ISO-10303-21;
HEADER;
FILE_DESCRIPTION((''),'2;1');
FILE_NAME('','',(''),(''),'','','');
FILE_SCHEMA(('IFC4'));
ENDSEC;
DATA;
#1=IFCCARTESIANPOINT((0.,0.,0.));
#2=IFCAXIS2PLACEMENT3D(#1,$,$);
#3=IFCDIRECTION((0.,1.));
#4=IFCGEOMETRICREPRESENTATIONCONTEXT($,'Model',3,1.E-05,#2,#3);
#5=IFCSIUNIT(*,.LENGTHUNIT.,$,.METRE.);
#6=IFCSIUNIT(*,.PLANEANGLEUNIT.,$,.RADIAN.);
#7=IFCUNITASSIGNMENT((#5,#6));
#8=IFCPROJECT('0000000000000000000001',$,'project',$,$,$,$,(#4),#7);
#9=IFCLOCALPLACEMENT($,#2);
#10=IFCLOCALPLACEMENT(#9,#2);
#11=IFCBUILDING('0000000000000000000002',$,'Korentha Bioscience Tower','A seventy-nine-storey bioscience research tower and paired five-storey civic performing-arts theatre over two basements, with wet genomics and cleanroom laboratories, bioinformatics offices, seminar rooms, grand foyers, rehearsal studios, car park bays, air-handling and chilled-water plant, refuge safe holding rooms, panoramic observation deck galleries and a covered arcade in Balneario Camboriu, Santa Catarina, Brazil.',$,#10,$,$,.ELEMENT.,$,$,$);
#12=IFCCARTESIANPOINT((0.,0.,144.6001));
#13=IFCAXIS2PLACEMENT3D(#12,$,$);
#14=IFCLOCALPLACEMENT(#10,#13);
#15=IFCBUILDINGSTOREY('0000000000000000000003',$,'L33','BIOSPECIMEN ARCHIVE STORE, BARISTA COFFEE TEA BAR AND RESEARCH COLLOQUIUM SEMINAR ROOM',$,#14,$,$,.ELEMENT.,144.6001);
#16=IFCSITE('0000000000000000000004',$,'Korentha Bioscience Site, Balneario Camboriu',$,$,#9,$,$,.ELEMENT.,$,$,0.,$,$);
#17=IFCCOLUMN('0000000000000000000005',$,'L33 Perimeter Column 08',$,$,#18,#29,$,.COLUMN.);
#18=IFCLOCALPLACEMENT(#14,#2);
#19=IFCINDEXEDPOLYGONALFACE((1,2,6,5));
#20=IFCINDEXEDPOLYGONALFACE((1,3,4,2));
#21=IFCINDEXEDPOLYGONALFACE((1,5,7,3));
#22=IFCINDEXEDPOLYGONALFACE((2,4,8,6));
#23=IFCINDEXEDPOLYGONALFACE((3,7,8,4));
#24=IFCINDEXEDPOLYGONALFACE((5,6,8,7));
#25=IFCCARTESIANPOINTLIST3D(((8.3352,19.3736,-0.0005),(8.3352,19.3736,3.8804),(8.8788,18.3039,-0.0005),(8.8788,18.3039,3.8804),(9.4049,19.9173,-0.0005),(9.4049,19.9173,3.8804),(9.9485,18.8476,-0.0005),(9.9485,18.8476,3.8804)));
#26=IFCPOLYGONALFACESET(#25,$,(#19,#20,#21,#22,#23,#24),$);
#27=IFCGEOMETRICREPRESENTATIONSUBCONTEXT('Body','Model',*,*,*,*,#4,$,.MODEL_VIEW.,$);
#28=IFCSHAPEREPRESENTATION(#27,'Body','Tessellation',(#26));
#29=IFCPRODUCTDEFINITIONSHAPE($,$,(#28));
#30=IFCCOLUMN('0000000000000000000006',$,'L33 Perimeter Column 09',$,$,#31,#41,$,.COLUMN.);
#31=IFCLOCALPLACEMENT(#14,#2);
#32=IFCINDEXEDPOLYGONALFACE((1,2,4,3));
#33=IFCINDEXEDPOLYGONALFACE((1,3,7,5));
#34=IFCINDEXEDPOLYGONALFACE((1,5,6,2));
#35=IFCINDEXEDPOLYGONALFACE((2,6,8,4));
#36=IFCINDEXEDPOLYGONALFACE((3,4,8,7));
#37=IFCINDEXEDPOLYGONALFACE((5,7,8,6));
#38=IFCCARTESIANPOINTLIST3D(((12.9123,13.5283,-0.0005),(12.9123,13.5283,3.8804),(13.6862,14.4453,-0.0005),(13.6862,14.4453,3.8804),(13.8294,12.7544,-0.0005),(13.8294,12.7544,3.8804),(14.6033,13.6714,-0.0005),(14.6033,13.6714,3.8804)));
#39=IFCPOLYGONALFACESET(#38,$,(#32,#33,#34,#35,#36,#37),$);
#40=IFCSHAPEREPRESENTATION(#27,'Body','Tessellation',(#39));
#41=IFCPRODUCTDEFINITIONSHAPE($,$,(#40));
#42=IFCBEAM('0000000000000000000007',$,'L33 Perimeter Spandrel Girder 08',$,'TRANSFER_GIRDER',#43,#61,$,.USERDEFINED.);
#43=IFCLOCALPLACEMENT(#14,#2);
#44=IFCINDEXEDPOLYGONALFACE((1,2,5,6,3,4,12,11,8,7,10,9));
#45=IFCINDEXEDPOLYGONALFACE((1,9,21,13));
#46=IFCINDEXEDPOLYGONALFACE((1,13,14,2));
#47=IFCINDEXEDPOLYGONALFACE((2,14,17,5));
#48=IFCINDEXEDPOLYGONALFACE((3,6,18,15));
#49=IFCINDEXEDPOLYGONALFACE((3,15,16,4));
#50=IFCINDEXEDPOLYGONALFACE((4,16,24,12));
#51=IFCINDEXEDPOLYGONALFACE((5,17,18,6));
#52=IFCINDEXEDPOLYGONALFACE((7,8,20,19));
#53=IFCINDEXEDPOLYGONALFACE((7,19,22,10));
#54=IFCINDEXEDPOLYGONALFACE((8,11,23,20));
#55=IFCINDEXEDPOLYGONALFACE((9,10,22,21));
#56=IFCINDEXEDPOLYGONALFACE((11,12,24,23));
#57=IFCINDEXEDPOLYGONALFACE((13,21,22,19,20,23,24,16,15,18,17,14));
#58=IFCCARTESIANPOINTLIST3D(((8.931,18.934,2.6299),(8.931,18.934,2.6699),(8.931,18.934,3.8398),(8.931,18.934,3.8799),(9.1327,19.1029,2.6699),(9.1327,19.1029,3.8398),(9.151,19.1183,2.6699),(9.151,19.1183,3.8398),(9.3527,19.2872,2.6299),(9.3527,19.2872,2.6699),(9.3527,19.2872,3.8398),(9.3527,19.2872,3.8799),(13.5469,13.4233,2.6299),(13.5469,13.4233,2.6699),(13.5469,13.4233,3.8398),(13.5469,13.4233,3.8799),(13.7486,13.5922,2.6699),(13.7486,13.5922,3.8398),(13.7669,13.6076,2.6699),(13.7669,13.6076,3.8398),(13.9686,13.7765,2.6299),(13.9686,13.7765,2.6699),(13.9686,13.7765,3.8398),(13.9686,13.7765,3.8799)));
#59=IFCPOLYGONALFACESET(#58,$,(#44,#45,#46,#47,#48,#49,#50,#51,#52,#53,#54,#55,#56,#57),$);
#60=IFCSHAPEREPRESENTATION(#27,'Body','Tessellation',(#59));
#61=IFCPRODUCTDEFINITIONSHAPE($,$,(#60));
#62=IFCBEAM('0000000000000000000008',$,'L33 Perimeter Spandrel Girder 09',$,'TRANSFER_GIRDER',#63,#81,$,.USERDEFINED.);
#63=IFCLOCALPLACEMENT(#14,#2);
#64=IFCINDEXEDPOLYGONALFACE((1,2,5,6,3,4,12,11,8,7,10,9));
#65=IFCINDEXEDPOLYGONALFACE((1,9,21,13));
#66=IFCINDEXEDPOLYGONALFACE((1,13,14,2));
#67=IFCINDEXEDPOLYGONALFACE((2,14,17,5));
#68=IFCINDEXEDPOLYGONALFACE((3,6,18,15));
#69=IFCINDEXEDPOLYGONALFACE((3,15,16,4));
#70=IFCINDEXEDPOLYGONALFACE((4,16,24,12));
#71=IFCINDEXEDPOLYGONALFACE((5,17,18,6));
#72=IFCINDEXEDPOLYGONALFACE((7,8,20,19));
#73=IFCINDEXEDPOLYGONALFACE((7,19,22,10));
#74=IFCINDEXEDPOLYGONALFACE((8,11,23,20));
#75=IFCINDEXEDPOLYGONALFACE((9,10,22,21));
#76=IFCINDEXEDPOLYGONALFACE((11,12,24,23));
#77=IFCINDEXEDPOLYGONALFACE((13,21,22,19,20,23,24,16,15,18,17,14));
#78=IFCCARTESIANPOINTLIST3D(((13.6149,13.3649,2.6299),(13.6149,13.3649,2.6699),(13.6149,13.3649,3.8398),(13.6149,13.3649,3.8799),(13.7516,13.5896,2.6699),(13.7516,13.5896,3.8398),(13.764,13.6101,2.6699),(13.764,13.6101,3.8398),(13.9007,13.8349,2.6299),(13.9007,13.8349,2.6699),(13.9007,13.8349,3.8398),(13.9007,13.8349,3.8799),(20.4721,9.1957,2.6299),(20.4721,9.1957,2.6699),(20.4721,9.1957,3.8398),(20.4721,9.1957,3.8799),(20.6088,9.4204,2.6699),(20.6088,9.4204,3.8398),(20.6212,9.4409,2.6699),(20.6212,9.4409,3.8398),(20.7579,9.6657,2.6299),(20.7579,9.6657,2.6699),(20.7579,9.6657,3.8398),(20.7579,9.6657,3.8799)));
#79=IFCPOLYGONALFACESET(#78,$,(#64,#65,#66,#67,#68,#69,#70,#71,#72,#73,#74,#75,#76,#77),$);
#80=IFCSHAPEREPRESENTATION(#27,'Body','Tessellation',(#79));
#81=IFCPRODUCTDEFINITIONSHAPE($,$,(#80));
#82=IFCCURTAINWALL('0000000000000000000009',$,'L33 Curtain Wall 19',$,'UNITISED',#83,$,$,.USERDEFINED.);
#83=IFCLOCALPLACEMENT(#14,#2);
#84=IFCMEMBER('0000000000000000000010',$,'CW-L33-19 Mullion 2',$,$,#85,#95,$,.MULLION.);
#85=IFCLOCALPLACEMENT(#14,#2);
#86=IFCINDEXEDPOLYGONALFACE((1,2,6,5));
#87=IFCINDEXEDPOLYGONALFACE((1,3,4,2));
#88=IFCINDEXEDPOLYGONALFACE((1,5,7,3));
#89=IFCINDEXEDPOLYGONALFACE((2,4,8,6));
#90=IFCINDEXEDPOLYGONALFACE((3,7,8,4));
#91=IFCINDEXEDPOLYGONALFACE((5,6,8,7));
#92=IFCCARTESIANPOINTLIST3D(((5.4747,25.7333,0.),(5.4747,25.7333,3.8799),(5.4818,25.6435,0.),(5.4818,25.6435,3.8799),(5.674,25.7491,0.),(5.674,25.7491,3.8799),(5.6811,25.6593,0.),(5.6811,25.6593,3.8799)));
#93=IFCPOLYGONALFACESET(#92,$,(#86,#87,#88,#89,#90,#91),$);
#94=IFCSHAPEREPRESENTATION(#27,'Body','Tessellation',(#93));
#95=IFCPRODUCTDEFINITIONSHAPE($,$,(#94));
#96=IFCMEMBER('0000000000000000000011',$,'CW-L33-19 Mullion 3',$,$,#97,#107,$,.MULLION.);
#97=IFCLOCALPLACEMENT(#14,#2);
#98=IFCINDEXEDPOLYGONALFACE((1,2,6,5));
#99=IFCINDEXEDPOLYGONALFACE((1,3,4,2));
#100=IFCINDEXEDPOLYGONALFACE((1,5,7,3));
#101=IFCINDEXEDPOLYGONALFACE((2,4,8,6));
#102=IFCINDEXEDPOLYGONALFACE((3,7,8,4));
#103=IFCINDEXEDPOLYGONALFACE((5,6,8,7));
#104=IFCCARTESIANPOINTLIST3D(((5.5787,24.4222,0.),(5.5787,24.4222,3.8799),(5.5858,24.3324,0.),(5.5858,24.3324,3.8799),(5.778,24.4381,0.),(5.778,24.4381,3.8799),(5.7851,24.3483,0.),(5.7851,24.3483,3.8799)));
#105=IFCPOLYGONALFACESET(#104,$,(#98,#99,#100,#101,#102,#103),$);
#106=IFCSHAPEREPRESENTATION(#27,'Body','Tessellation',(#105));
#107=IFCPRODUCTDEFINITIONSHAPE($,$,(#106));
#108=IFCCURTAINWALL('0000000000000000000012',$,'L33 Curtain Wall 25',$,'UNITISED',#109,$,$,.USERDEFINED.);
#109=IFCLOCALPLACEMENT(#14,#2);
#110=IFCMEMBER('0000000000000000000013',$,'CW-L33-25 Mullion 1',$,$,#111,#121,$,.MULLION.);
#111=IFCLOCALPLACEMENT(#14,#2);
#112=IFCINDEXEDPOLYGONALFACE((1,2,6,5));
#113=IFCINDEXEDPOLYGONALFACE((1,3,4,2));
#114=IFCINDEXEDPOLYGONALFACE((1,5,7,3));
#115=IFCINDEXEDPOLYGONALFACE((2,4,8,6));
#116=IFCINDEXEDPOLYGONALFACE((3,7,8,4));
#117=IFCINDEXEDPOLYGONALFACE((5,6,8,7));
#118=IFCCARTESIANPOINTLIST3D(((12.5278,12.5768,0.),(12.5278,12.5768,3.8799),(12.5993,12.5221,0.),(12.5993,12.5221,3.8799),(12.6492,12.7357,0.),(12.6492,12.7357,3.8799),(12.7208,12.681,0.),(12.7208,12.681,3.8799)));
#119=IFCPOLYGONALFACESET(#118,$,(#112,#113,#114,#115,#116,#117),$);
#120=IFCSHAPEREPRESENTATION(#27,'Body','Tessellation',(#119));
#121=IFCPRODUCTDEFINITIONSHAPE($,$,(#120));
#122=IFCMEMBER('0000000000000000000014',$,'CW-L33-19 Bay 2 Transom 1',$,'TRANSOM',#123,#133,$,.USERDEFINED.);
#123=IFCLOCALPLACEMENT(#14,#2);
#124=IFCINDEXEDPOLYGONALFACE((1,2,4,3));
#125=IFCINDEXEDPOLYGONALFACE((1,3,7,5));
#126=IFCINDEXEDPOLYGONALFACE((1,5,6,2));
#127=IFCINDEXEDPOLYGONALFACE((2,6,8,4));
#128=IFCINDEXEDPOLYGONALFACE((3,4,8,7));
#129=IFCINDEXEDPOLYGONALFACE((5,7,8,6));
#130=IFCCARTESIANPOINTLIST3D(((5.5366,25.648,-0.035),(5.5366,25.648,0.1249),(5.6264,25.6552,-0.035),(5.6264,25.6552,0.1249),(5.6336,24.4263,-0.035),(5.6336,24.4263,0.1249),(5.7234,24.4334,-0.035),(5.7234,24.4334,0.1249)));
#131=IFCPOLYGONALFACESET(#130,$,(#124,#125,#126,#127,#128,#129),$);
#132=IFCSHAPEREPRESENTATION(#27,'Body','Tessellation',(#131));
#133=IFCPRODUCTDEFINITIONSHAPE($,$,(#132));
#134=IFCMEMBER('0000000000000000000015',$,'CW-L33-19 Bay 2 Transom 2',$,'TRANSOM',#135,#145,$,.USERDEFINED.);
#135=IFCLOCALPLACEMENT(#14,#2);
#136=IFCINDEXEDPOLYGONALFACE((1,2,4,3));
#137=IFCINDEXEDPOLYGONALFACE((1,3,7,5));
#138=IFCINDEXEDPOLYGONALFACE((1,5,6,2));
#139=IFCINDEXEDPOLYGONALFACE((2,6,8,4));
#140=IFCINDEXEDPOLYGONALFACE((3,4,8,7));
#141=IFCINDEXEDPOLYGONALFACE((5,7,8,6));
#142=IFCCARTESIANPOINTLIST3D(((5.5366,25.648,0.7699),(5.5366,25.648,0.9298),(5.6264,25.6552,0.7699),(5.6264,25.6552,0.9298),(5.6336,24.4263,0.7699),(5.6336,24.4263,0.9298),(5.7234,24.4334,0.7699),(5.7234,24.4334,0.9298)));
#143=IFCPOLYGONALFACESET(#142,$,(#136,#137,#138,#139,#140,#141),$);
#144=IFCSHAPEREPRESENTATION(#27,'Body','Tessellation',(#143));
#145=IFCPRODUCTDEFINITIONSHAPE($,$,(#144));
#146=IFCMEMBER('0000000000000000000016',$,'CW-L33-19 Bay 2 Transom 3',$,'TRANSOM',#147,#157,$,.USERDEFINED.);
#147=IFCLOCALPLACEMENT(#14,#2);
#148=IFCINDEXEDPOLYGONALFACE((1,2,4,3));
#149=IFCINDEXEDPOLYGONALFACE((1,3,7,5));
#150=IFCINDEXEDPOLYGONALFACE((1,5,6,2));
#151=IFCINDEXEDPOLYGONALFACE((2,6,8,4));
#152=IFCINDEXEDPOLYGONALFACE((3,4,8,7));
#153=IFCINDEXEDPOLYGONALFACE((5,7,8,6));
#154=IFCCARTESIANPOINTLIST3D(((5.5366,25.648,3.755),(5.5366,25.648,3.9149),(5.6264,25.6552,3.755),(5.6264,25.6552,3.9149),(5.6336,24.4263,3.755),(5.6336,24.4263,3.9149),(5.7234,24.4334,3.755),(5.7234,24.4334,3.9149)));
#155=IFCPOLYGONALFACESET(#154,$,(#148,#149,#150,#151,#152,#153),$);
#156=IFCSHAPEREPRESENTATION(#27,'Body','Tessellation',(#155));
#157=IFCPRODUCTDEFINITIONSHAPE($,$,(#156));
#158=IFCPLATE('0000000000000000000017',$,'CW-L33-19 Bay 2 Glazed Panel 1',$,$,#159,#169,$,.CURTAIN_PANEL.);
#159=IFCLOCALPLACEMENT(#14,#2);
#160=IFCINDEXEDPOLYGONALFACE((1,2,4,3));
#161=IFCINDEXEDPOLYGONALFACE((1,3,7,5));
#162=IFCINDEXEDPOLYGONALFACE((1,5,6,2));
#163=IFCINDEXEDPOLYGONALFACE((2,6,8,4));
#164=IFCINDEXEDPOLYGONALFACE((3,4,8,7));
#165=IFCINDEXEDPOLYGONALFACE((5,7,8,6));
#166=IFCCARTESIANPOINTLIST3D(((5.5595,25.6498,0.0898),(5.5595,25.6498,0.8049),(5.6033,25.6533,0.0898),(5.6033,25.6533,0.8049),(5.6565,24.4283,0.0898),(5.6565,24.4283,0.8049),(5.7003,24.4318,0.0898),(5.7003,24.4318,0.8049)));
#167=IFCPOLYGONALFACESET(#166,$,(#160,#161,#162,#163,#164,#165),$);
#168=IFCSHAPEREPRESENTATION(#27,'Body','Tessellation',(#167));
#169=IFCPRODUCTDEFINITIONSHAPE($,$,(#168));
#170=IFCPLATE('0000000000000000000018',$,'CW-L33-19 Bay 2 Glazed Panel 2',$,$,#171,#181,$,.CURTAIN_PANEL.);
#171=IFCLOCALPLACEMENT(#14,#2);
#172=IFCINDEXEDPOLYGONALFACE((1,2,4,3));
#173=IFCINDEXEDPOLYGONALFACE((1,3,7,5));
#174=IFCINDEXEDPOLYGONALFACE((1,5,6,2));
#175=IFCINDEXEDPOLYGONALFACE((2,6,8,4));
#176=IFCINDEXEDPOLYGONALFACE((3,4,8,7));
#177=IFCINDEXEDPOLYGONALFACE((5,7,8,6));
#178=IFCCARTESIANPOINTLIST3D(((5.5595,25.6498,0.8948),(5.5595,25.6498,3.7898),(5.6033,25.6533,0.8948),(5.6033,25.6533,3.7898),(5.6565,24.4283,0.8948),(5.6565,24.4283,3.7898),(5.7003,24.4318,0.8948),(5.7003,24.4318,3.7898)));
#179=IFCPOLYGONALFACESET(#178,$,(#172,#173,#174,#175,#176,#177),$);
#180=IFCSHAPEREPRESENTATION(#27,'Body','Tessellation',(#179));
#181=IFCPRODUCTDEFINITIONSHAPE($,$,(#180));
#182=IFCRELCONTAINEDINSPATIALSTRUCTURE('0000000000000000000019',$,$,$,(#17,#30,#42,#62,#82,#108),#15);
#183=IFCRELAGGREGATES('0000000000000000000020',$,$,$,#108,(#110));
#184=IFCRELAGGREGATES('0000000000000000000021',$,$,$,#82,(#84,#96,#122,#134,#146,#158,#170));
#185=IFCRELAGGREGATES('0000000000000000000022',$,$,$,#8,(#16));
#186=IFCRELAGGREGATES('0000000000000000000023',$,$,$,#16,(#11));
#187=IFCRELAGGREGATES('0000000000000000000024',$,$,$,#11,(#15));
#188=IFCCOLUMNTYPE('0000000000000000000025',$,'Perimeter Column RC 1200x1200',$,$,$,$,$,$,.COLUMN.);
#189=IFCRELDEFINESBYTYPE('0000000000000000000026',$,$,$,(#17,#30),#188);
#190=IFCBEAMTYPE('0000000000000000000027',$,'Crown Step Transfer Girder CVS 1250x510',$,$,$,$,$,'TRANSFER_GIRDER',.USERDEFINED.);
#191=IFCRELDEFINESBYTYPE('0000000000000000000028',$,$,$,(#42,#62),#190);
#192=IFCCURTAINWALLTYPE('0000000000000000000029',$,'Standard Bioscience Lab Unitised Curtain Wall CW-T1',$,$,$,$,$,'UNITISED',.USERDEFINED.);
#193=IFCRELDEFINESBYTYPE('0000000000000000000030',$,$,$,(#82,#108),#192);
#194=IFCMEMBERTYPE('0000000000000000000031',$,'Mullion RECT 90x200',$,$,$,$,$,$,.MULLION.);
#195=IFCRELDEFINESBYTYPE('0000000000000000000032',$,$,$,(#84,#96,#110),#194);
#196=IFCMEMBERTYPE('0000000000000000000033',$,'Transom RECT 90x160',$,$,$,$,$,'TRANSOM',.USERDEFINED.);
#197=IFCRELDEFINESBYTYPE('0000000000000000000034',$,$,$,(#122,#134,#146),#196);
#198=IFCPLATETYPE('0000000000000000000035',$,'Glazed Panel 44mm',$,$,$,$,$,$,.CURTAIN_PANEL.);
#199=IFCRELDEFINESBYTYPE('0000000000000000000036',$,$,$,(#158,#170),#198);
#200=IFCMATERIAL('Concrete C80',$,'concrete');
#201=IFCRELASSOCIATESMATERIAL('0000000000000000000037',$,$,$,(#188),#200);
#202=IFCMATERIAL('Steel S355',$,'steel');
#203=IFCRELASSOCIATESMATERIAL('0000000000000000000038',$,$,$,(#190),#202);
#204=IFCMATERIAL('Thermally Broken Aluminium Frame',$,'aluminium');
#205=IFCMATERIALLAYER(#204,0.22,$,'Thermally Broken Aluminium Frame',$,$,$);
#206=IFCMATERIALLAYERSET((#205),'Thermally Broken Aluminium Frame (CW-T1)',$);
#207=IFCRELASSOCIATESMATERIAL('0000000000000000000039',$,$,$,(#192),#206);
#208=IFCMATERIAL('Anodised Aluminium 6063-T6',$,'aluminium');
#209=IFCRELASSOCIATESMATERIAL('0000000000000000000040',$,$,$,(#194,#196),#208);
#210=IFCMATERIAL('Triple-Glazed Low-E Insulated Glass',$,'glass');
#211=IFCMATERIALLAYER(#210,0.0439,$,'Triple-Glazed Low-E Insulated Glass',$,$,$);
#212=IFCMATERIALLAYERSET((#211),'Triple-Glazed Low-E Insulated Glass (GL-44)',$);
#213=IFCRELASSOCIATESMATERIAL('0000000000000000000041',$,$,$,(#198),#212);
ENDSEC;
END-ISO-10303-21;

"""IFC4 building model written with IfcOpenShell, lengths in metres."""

from ifc_helpers import new_model, si_unit, direction, frame, origin, origin_2d, place, context, subcontext, project, spatial, rectangle, i_section, extrude, material, layer, layer_set, material_profile, profile_set, type_object, element, aggregate, save


model = new_model("IFC4")

# Units and contexts
model_context = context("Model", 3, precision=1e-05, world=origin(), true_north=direction((0.0, 1.0)))
body_context = subcontext(model_context, "Body", "Model", "MODEL_VIEW")
ifc_project = project(units=[si_unit("LENGTHUNIT", "METRE"), si_unit("PLANEANGLEUNIT", "RADIAN")], contexts=[model_context])

# Site, building, storey
site_placement = place(None, origin())
site = spatial("IfcSite", under=ifc_project, at=site_placement, Name="Korentha Bioscience Site, Balneario Camboriu", CompositionType="ELEMENT", RefElevation=0.0)
building_placement = place(site_placement, origin())
building = spatial("IfcBuilding", under=site, at=building_placement, Name="Korentha Bioscience Tower", Description="A seventy-nine-storey bioscience research tower and paired five-storey civic performing-arts theatre over two basements, with wet genomics and cleanroom laboratories, bioinformatics offices, seminar rooms, grand foyers, rehearsal studios, car park bays, air-handling and chilled-water plant, refuge safe holding rooms, panoramic observation deck galleries and a covered arcade in Balneario Camboriu, Santa Catarina, Brazil.", CompositionType="ELEMENT")
storey_placement = place(building_placement, frame((0.0, 0.0, 144.6001)))
storey = spatial("IfcBuildingStorey", under=building, at=storey_placement, Name="L33", Description="BIOSPECIMEN ARCHIVE STORE, BARISTA COFFEE TEA BAR AND RESEARCH COLLOQUIUM SEMINAR ROOM", CompositionType="ELEMENT", Elevation=144.6001)

# Columns
ifc_material_1 = material(Name="Concrete C80", Category="concrete")
ifc_material_profile_1 = material_profile(ifc_material_1, rectangle(XDim=1.2, YDim=1.2, at=origin_2d()), Name="Concrete C80")
ifc_profile_set_1 = profile_set([ifc_material_profile_1], Name="Concrete C80 (COL-P12)")
column_type = type_object("IfcColumnType", Name="Perimeter Column RC 1200x1200", PredefinedType="COLUMN", material=ifc_profile_set_1)
for number, where, z_axis, x_axis, name in (
    (1, (9.1418, 19.1106, -0.0005), (0.0, 0.0, 1.0), (-0.453057, 0.891481, 0.0), "L33 Perimeter Column 08"),
    (2, (13.7578, 13.5999, -0.0005), (0.0, 0.0, 1.0), (-0.764246, 0.644924, 0.0), "L33 Perimeter Column 09"),
):
    element("IfcColumn", number, at=place(storey_placement, frame(where, z_axis=z_axis, x_axis=x_axis)), inside=storey, type_object=column_type, Name=name, PredefinedType="COLUMN", context=body_context, shape_type="SweptSolid", body=[
        extrude(rectangle(XDim=1.2, YDim=1.2, at=origin_2d()), origin(), (0.0, 0.0, 1.0), 3.8809),
    ])

# Beams
ifc_material_2 = material(Name="Steel S355", Category="steel")
ifc_material_profile_2 = material_profile(ifc_material_2, i_section(OverallWidth=0.55, OverallDepth=1.25, WebThickness=0.0239, FlangeThickness=0.04, at=origin_2d()), Name="Steel S355")
ifc_profile_set_2 = profile_set([ifc_material_profile_2], Name="Steel S355 (TG-03)")
beam_type = type_object("IfcBeamType", Name="Crown Step Transfer Girder CVS 1250x510", ElementType="TRANSFER_GIRDER", PredefinedType="USERDEFINED", material=ifc_profile_set_2)
beam_1_placement = place(storey_placement, frame((9.1418, 19.1106, 3.2549), z_axis=(0.642127, -0.766599, 0.0), x_axis=(0.766599, 0.642127, 0.0)))
element("IfcBeam", 3, at=beam_1_placement, inside=storey, type_object=beam_type, Name="L33 Perimeter Spandrel Girder 08", ObjectType="TRANSFER_GIRDER", PredefinedType="USERDEFINED", context=body_context, shape_type="SweptSolid", body=[
    extrude(i_section(OverallWidth=0.55, OverallDepth=1.25, WebThickness=0.0239, FlangeThickness=0.04, at=origin_2d()), origin(), (0.0, 0.0, 1.0), 7.1885),
])
beam_2_placement = place(storey_placement, frame((13.7578, 13.5999, 3.2549), z_axis=(0.854461, -0.519515, 0.0), x_axis=(0.519515, 0.854461, 0.0)))
element("IfcBeam", 4, at=beam_2_placement, inside=storey, type_object=beam_type, Name="L33 Perimeter Spandrel Girder 09", ObjectType="TRANSFER_GIRDER", PredefinedType="USERDEFINED", context=body_context, shape_type="SweptSolid", body=[
    extrude(i_section(OverallWidth=0.55, OverallDepth=1.25, WebThickness=0.0239, FlangeThickness=0.04, at=origin_2d()), origin(), (0.0, 0.0, 1.0), 8.0251),
])

# Curtain wall, members
ifc_material_3 = material(Name="Thermally Broken Aluminium Frame", Category="aluminium")
ifc_layer_1 = layer(ifc_material_3, 0.22, Name="Thermally Broken Aluminium Frame")
ifc_layer_set_1 = layer_set([ifc_layer_1], Name="Thermally Broken Aluminium Frame (CW-T1)")
curtain_wall_type = type_object("IfcCurtainWallType", Name="Standard Bioscience Lab Unitised Curtain Wall CW-T1", ElementType="UNITISED", PredefinedType="USERDEFINED", material=ifc_layer_set_1)
curtain_wall_1_placement = place(storey_placement, origin())
curtain_wall_1 = element("IfcCurtainWall", 5, at=curtain_wall_1_placement, inside=storey, type_object=curtain_wall_type, Name="L33 Curtain Wall 19", ObjectType="UNITISED", PredefinedType="USERDEFINED")
ifc_material_4 = material(Name="Anodised Aluminium 6063-T6", Category="aluminium")
ifc_material_profile_3 = material_profile(ifc_material_4, rectangle(XDim=0.0901, YDim=0.2, at=origin_2d()), Name="Anodised Aluminium 6063-T6")
ifc_profile_set_3 = profile_set([ifc_material_profile_3], Name="Anodised Aluminium 6063-T6 (CW-MUL)")
member_type_1 = type_object("IfcMemberType", Name="Mullion RECT 90x200", PredefinedType="MULLION", material=ifc_profile_set_3)
member_1_placement = place(storey_placement, frame((5.5779, 25.6963, 0.0), z_axis=(0.0, 0.0, 1.0), x_axis=(0.07913, -0.996864, 0.0)))
member_1 = element("IfcMember", 6, at=member_1_placement, type_object=member_type_1, Name="CW-L33-19 Mullion 2", PredefinedType="MULLION", context=body_context, shape_type="SweptSolid", body=[
    extrude(rectangle(XDim=0.0901, YDim=0.2, at=origin_2d()), origin(), (0.0, 0.0, 1.0), 3.8799),
])
member_2_placement = place(storey_placement, frame((5.6819, 24.3853, 0.0), z_axis=(0.0, 0.0, 1.0), x_axis=(0.07913, -0.996864, 0.0)))
member_2 = element("IfcMember", 7, at=member_2_placement, type_object=member_type_1, Name="CW-L33-19 Mullion 3", PredefinedType="MULLION", context=body_context, shape_type="SweptSolid", body=[
    extrude(rectangle(XDim=0.0901, YDim=0.2, at=origin_2d()), origin(), (0.0, 0.0, 1.0), 3.8799),
])

# Curtain wall, member
curtain_wall_2_placement = place(storey_placement, origin())
curtain_wall_2 = element("IfcCurtainWall", 8, at=curtain_wall_2_placement, inside=storey, type_object=curtain_wall_type, Name="L33 Curtain Wall 25", ObjectType="UNITISED", PredefinedType="USERDEFINED")
member_3_placement = place(storey_placement, frame((12.6243, 12.6289, 0.0), z_axis=(0.0, 0.0, 1.0), x_axis=(0.7945, -0.607265, 0.0)))
member_3 = element("IfcMember", 9, at=member_3_placement, type_object=member_type_1, Name="CW-L33-25 Mullion 1", PredefinedType="MULLION", context=body_context, shape_type="SweptSolid", body=[
    extrude(rectangle(XDim=0.0901, YDim=0.2, at=origin_2d()), origin(), (0.0, 0.0, 1.0), 3.8799),
])
aggregate(curtain_wall_2, [member_3])

# Members
ifc_material_profile_4 = material_profile(ifc_material_4, rectangle(XDim=0.0901, YDim=0.1599, at=origin_2d()), Name="Anodised Aluminium 6063-T6")
ifc_profile_set_4 = profile_set([ifc_material_profile_4], Name="Anodised Aluminium 6063-T6 (CW-TRN)")
member_type_2 = type_object("IfcMemberType", Name="Transom RECT 90x160", ElementType="TRANSOM", PredefinedType="USERDEFINED", material=ifc_profile_set_4)
member_4_placement = place(storey_placement, frame((5.5815, 25.6516, 0.0449), z_axis=(0.079088, -0.996868, 0.0), x_axis=(0.996868, 0.079088, 0.0)))
member_4 = element("IfcMember", 10, at=member_4_placement, type_object=member_type_2, Name="CW-L33-19 Bay 2 Transom 1", ObjectType="TRANSOM", PredefinedType="USERDEFINED", context=body_context, shape_type="SweptSolid", body=[
    extrude(rectangle(XDim=0.0901, YDim=0.1599, at=origin_2d()), origin(), (0.0, 0.0, 1.0), 1.2256),
])
member_5_placement = place(storey_placement, frame((5.5815, 25.6516, 0.8499), z_axis=(0.079088, -0.996868, 0.0), x_axis=(0.996868, 0.079088, 0.0)))
member_5 = element("IfcMember", 11, at=member_5_placement, type_object=member_type_2, Name="CW-L33-19 Bay 2 Transom 2", ObjectType="TRANSOM", PredefinedType="USERDEFINED", context=body_context, shape_type="SweptSolid", body=[
    extrude(rectangle(XDim=0.0901, YDim=0.1599, at=origin_2d()), origin(), (0.0, 0.0, 1.0), 1.2256),
])
member_6_placement = place(storey_placement, frame((5.5815, 25.6516, 3.835), z_axis=(0.079088, -0.996868, 0.0), x_axis=(0.996868, 0.079088, 0.0)))
member_6 = element("IfcMember", 12, at=member_6_placement, type_object=member_type_2, Name="CW-L33-19 Bay 2 Transom 3", ObjectType="TRANSOM", PredefinedType="USERDEFINED", context=body_context, shape_type="SweptSolid", body=[
    extrude(rectangle(XDim=0.0901, YDim=0.1599, at=origin_2d()), origin(), (0.0, 0.0, 1.0), 1.2256),
])

# Plates
ifc_material_5 = material(Name="Triple-Glazed Low-E Insulated Glass", Category="glass")
ifc_layer_2 = layer(ifc_material_5, 0.0439, Name="Triple-Glazed Low-E Insulated Glass")
ifc_layer_set_2 = layer_set([ifc_layer_2], Name="Triple-Glazed Low-E Insulated Glass (GL-44)")
plate_type = type_object("IfcPlateType", Name="Glazed Panel 44mm", PredefinedType="CURTAIN_PANEL", material=ifc_layer_set_2)
plate_1_placement = place(storey_placement, frame((5.6299, 25.0408, 0.0898), z_axis=(0.0, 0.0, 1.0), x_axis=(0.07913, -0.996864, 0.0)))
plate_1 = element("IfcPlate", 13, at=plate_1_placement, type_object=plate_type, Name="CW-L33-19 Bay 2 Glazed Panel 1", PredefinedType="CURTAIN_PANEL", context=body_context, shape_type="SweptSolid", body=[
    extrude(rectangle(XDim=1.2253, YDim=0.0439, at=origin_2d()), origin(), (0.0, 0.0, 1.0), 0.7151),
])
plate_2_placement = place(storey_placement, frame((5.6299, 25.0408, 0.8948), z_axis=(0.0, 0.0, 1.0), x_axis=(0.07913, -0.996864, 0.0)))
plate_2 = element("IfcPlate", 14, at=plate_2_placement, type_object=plate_type, Name="CW-L33-19 Bay 2 Glazed Panel 2", PredefinedType="CURTAIN_PANEL", context=body_context, shape_type="SweptSolid", body=[
    extrude(rectangle(XDim=1.2253, YDim=0.0439, at=origin_2d()), origin(), (0.0, 0.0, 1.0), 2.895),
])
aggregate(curtain_wall_1, [member_1, member_2, member_4, member_5, member_6, plate_1, plate_2])

save(model, "model.ifc")
